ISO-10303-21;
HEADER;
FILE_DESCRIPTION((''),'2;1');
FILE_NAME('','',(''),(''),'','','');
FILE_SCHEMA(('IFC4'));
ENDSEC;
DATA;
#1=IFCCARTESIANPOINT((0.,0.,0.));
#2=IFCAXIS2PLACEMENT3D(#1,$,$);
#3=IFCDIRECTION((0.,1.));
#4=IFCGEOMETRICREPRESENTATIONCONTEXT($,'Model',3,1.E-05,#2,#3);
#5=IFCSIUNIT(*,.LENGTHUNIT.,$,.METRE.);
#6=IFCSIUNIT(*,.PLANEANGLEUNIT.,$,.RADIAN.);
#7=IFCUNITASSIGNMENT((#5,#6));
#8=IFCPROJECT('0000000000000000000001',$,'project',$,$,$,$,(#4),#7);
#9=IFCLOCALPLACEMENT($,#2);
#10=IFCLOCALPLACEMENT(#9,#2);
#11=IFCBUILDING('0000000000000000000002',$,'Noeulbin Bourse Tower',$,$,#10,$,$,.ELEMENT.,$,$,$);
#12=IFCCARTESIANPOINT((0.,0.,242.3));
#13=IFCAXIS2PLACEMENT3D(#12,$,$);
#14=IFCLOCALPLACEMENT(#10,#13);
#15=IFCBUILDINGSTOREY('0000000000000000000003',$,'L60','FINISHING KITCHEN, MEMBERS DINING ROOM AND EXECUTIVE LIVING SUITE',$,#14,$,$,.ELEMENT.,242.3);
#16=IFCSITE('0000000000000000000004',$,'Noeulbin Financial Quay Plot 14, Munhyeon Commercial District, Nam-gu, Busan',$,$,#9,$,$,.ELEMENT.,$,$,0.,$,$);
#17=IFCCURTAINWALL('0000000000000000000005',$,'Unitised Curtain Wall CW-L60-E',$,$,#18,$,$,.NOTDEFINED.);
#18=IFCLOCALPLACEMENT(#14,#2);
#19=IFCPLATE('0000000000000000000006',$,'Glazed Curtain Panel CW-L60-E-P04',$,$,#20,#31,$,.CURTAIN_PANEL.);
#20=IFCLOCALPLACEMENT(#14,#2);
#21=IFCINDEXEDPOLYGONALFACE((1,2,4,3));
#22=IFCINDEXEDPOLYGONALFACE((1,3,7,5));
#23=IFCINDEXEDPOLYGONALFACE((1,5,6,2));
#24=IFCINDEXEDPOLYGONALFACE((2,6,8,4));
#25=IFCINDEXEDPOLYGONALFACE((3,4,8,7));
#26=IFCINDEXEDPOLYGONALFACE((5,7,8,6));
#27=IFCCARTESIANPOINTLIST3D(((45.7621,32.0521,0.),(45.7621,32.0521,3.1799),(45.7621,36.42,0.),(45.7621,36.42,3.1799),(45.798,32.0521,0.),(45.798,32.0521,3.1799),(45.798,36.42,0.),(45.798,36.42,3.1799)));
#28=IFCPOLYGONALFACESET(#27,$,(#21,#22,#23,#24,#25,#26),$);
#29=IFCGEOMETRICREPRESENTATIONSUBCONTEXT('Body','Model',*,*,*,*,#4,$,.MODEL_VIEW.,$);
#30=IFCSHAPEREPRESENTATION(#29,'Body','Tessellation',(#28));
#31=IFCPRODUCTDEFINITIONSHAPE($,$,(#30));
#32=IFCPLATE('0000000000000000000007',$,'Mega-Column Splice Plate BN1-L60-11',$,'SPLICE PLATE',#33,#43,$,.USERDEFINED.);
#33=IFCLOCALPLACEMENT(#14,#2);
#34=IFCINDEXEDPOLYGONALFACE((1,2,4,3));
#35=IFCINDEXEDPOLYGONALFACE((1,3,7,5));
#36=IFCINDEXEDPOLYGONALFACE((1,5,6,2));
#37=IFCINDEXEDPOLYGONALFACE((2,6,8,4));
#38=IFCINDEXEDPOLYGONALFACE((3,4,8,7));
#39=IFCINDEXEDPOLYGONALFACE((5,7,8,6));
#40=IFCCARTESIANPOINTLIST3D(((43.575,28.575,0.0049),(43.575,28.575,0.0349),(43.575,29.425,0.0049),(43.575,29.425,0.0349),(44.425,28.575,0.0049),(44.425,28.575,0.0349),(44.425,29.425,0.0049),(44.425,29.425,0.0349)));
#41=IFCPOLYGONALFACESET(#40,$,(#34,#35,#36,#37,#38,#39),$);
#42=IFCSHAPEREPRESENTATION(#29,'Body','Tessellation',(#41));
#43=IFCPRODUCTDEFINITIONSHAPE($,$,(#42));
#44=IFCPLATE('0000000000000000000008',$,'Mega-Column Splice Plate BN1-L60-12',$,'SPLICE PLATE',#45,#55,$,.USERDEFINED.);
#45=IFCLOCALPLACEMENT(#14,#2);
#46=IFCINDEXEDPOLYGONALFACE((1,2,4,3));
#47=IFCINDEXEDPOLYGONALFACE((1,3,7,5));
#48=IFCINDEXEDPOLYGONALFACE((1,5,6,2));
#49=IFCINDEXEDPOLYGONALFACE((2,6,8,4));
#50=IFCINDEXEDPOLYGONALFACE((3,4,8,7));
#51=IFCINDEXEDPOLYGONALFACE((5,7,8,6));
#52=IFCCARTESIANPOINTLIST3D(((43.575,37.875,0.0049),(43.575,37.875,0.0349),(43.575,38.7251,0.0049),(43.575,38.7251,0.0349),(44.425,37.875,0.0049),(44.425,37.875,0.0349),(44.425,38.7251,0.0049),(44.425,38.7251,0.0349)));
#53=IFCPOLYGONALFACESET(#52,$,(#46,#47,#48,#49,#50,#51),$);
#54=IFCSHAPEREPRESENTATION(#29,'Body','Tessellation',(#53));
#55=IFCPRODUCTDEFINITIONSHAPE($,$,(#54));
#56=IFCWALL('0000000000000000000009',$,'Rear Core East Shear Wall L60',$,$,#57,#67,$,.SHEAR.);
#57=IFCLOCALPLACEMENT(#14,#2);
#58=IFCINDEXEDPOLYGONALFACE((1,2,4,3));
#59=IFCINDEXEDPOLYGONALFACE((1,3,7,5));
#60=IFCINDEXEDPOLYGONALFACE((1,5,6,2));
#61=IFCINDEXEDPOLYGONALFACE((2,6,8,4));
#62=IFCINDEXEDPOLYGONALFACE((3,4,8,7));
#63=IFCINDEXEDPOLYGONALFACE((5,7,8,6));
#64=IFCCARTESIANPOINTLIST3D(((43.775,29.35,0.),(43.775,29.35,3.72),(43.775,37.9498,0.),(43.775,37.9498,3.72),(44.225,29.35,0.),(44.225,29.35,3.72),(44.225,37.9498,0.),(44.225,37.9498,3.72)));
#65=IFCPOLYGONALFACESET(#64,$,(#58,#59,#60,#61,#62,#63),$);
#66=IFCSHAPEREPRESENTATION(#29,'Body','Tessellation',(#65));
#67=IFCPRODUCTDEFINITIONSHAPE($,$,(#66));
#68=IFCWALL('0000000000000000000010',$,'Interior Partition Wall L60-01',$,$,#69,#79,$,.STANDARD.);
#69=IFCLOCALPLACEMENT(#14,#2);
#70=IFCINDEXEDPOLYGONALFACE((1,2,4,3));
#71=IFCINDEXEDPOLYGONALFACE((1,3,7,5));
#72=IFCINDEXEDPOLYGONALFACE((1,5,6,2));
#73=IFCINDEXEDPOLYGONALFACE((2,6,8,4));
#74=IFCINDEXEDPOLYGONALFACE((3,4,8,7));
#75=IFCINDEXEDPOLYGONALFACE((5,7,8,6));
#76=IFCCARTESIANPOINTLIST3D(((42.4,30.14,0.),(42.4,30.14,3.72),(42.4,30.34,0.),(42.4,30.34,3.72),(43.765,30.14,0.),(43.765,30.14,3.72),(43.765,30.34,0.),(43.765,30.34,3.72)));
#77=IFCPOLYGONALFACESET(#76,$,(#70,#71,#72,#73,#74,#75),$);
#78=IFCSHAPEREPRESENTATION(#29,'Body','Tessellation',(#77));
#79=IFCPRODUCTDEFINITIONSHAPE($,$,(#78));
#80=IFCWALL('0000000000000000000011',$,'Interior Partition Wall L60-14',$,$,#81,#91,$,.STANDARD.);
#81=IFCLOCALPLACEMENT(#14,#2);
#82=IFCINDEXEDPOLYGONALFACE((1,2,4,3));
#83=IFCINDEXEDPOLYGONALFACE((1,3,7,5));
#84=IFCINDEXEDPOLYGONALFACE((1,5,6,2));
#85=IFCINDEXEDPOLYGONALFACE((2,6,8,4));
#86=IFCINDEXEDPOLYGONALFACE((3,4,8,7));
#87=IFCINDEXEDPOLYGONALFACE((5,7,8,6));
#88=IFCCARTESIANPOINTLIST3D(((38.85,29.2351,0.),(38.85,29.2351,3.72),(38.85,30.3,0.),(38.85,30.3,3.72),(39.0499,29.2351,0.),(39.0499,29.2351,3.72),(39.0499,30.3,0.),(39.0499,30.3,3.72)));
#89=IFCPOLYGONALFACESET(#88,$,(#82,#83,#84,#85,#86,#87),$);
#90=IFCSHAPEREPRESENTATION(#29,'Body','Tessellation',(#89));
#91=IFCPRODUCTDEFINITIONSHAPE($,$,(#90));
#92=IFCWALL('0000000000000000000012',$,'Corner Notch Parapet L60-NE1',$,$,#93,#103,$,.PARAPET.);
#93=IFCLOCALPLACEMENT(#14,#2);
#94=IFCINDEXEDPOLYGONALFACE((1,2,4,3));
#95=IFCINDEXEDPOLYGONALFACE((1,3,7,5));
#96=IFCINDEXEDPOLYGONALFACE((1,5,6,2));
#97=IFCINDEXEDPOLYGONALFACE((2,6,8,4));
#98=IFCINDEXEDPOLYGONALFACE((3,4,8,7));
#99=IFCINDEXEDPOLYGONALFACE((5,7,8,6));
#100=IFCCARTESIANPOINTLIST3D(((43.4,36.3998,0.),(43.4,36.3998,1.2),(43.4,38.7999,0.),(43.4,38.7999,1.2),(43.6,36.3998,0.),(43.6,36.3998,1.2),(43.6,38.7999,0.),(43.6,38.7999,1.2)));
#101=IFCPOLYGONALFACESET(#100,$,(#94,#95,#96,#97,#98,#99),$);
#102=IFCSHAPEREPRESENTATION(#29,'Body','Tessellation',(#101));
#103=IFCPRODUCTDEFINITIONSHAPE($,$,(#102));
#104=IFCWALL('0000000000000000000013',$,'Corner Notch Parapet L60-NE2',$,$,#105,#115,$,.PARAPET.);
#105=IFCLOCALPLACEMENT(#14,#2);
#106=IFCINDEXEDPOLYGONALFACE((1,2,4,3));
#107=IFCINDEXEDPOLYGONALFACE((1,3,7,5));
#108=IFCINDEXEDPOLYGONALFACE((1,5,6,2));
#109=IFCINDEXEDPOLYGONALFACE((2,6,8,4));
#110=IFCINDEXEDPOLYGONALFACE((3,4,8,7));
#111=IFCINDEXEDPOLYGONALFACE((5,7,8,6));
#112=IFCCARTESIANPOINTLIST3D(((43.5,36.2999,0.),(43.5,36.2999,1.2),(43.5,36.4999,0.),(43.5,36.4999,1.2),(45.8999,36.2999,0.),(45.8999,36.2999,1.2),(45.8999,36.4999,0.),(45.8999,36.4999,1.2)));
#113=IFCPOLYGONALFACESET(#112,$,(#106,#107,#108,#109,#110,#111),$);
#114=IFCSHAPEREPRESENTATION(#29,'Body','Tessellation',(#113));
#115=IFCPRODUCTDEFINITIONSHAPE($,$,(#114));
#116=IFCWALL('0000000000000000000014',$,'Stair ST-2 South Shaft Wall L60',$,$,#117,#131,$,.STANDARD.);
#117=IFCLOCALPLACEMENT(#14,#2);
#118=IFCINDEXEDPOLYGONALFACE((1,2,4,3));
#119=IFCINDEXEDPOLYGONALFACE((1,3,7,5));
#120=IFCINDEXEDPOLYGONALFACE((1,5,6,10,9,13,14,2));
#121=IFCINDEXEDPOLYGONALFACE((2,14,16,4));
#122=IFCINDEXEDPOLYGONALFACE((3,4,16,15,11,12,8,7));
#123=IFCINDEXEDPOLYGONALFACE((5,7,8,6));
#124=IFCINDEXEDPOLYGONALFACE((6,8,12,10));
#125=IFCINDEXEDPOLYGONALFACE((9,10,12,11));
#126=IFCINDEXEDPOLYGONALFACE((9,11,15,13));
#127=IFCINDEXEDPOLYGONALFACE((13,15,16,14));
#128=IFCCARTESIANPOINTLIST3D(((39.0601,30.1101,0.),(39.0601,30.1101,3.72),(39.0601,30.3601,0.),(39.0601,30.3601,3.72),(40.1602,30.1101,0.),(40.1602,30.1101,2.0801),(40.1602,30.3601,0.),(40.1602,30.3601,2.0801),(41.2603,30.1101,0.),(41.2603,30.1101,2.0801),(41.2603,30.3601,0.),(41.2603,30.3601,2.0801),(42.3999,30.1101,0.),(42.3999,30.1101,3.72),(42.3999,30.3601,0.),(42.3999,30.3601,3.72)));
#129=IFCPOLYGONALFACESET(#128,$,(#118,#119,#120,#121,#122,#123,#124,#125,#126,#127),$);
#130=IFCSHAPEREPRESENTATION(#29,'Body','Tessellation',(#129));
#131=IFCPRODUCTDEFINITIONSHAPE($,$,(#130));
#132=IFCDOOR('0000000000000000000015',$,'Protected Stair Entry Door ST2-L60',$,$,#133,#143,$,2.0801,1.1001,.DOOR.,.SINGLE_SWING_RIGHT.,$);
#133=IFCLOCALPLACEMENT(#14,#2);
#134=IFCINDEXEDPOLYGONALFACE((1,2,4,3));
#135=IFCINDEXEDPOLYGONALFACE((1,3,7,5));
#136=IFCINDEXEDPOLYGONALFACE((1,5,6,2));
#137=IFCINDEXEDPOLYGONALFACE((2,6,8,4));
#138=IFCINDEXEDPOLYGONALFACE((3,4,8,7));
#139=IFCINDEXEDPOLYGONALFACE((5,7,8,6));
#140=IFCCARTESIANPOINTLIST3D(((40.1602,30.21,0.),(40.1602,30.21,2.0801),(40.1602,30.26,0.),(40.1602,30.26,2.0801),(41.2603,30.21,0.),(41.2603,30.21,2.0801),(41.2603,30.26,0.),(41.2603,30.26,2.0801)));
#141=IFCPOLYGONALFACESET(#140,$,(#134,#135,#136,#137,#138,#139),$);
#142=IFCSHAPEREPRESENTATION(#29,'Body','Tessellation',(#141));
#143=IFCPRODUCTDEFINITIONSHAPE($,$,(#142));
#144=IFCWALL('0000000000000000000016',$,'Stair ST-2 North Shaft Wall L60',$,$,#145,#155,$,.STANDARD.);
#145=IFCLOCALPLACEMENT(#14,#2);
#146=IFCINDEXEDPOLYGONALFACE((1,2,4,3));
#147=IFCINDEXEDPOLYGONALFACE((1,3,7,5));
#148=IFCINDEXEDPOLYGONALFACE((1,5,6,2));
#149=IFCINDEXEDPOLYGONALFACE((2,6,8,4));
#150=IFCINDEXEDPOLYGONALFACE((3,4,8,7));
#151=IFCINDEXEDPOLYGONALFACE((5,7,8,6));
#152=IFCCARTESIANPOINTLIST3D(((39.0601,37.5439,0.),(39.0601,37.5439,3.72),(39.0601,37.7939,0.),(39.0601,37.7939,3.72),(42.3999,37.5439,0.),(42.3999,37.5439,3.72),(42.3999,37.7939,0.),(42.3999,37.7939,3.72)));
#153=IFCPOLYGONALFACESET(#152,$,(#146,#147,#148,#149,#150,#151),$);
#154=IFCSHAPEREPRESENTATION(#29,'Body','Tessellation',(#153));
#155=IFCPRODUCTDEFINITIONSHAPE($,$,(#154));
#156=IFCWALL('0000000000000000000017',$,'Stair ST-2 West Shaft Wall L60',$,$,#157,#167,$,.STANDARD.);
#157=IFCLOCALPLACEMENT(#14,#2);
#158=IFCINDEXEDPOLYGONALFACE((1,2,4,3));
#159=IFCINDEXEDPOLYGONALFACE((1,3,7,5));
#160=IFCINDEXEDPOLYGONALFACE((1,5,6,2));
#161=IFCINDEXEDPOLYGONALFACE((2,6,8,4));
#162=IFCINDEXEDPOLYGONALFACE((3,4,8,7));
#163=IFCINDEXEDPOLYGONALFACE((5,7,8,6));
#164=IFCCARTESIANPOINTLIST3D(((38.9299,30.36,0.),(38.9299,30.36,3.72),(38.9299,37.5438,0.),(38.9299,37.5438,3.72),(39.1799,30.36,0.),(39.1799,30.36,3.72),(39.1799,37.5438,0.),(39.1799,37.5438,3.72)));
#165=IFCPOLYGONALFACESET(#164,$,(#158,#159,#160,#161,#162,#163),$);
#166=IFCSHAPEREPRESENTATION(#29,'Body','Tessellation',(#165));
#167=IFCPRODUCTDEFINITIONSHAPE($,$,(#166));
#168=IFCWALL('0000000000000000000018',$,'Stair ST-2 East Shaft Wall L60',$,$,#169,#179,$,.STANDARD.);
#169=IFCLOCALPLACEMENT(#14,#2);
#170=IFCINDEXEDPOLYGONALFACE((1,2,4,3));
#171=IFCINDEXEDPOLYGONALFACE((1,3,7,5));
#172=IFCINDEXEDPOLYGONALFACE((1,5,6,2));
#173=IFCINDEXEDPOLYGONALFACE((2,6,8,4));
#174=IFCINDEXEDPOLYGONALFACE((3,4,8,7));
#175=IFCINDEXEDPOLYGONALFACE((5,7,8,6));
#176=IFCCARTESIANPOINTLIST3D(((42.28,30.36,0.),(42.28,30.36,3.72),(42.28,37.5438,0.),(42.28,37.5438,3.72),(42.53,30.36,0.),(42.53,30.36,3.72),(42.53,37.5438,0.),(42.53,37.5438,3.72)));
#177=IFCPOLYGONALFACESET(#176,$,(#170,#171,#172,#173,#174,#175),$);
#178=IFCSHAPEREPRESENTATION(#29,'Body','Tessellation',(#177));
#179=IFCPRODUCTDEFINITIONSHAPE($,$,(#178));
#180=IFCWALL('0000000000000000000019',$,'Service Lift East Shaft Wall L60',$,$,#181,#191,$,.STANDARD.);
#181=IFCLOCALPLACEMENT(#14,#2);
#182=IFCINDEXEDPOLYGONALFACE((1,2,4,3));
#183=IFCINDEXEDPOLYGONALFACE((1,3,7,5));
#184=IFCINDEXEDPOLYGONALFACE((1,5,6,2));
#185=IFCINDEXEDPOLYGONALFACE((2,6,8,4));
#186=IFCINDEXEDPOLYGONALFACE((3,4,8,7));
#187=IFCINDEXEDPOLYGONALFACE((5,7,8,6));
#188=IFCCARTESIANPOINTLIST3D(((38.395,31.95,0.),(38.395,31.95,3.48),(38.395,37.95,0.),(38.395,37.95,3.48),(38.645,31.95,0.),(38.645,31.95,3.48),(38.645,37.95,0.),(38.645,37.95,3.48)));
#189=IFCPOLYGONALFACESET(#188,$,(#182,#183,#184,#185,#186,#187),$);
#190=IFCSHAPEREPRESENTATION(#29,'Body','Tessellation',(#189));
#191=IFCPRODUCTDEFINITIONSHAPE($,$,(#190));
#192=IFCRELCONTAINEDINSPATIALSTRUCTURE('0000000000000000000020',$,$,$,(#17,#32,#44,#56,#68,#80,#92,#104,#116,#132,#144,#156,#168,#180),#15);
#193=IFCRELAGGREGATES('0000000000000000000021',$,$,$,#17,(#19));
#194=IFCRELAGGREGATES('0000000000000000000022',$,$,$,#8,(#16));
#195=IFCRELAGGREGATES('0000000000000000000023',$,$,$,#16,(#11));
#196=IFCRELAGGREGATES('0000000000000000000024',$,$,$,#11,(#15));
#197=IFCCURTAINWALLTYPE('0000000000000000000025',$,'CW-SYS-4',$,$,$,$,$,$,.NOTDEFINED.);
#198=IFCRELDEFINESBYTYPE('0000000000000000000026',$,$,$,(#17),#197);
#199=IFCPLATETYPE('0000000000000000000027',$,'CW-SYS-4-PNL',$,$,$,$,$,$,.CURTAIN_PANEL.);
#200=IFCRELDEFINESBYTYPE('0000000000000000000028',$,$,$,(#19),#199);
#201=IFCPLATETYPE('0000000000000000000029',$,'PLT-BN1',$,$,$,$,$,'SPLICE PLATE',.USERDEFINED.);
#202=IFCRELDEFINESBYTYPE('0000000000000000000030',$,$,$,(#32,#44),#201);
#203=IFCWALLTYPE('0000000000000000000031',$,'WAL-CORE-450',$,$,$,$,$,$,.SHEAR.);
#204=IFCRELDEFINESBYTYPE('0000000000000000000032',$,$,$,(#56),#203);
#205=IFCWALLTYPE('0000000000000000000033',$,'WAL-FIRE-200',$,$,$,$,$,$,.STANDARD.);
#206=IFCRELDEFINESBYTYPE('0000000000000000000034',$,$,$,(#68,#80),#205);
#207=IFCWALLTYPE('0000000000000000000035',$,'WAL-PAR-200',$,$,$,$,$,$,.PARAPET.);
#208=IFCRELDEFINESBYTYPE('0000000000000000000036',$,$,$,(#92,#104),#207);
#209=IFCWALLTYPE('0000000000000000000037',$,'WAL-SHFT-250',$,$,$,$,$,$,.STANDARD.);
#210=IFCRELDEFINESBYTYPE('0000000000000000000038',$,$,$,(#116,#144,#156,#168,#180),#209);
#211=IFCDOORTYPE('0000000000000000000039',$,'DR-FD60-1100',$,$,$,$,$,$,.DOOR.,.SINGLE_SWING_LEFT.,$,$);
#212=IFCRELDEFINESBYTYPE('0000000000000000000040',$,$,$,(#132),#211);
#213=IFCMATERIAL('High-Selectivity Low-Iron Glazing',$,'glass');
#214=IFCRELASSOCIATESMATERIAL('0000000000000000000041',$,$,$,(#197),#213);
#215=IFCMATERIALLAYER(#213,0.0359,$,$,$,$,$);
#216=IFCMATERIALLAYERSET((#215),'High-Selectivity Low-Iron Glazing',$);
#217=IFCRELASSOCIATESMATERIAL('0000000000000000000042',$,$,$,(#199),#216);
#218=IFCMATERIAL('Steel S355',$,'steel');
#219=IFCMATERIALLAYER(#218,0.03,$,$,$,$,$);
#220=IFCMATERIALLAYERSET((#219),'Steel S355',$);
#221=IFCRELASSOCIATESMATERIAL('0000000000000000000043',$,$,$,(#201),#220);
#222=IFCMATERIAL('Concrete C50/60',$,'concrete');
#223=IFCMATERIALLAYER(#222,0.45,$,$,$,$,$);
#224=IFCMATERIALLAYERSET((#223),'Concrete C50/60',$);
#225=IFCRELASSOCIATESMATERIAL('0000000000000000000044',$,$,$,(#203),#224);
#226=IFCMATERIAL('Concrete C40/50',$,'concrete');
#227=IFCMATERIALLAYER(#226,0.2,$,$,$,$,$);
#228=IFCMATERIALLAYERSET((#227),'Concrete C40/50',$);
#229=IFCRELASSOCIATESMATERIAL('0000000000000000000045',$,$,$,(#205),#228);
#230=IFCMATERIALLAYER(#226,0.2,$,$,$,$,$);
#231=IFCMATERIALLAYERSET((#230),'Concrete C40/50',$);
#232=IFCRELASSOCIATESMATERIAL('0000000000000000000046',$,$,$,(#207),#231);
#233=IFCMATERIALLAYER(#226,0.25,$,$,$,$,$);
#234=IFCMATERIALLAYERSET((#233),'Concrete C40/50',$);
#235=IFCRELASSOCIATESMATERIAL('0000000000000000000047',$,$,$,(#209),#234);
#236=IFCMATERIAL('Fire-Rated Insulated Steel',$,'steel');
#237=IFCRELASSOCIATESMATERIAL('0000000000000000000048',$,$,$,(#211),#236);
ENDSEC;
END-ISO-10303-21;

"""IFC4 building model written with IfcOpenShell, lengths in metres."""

from ifc_helpers import new_model, si_unit, direction, frame, frame_2d, origin, origin_2d, place, context, subcontext, project, spatial, rectangle, extrude, material, layer, layer_set, type_object, element, fill, aggregate, save


model = new_model("IFC4")

# Units and contexts
model_context = context("Model", 3, precision=1e-05, world=origin(), true_north=direction((0.0, 1.0)))
body_context = subcontext(model_context, "Body", "Model", "MODEL_VIEW")
ifc_project = project(units=[si_unit("LENGTHUNIT", "METRE"), si_unit("PLANEANGLEUNIT", "RADIAN")], contexts=[model_context])

# Site, building, storey
site_placement = place(None, origin())
site = spatial("IfcSite", under=ifc_project, at=site_placement, Name="Noeulbin Financial Quay Plot 14, Munhyeon Commercial District, Nam-gu, Busan", CompositionType="ELEMENT", RefElevation=0.0)
building_placement = place(site_placement, origin())
building = spatial("IfcBuilding", under=site, at=building_placement, Name="Noeulbin Bourse Tower", CompositionType="ELEMENT")
storey_placement = place(building_placement, frame((0.0, 0.0, 242.3)))
storey = spatial("IfcBuildingStorey", under=building, at=storey_placement, Name="L60", Description="FINISHING KITCHEN, MEMBERS DINING ROOM AND EXECUTIVE LIVING SUITE", CompositionType="ELEMENT", Elevation=242.3)

# Shared definitions
ifc_material_1 = material(Name="Steel S355", Category="steel")

# Curtain wall
ifc_material_2 = material(Name="High-Selectivity Low-Iron Glazing", Category="glass")
curtain_wall_type = type_object("IfcCurtainWallType", Name="CW-SYS-4", PredefinedType="NOTDEFINED", material=ifc_material_2)
curtain_wall_1_placement = place(storey_placement, origin())
curtain_wall_1 = element("IfcCurtainWall", 1, at=curtain_wall_1_placement, inside=storey, type_object=curtain_wall_type, Name="Unitised Curtain Wall CW-L60-E", PredefinedType="NOTDEFINED")

# Plate
ifc_layer_1 = layer(ifc_material_2, 0.0359)
ifc_layer_set_1 = layer_set([ifc_layer_1], Name="High-Selectivity Low-Iron Glazing")
plate_type_1 = type_object("IfcPlateType", Name="CW-SYS-4-PNL", PredefinedType="CURTAIN_PANEL", material=ifc_layer_set_1)
plate_1_placement = place(storey_placement, frame((45.78, 34.2361, 0.0), z_axis=(0.0, 0.0, 1.0), x_axis=(0.0, 1.0, 0.0)))
plate_1 = element("IfcPlate", 2, at=plate_1_placement, type_object=plate_type_1, Name="Glazed Curtain Panel CW-L60-E-P04", PredefinedType="CURTAIN_PANEL", context=body_context, shape_type="SweptSolid", body=[
    extrude(rectangle(XDim=4.3679, YDim=0.0359, at=origin_2d()), origin(), (0.0, 0.0, 1.0), 3.1799),
])
aggregate(curtain_wall_1, [plate_1])

# Plates
ifc_layer_2 = layer(ifc_material_1, 0.03)
ifc_layer_set_2 = layer_set([ifc_layer_2], Name="Steel S355")
plate_type_2 = type_object("IfcPlateType", Name="PLT-BN1", ElementType="SPLICE PLATE", PredefinedType="USERDEFINED", material=ifc_layer_set_2)
for number, where, z_axis, x_axis, name in (
    (3, (44.0, 29.0, 0.0049), (0.0, 0.0, 1.0), (1.0, 0.0, 0.0), "Mega-Column Splice Plate BN1-L60-11"),
    (4, (44.0, 38.3, 0.0049), (0.0, 0.0, 1.0), (1.0, 0.0, 0.0), "Mega-Column Splice Plate BN1-L60-12"),
):
    element("IfcPlate", number, at=place(storey_placement, frame(where, z_axis=z_axis, x_axis=x_axis)), inside=storey, type_object=plate_type_2, Name=name, ObjectType="SPLICE PLATE", PredefinedType="USERDEFINED", context=body_context, shape_type="SweptSolid", body=[
        extrude(rectangle(XDim=0.8501, YDim=0.8501, at=origin_2d()), origin(), (0.0, 0.0, 1.0), 0.03),
    ])

# Walls
ifc_material_3 = material(Name="Concrete C50/60", Category="concrete")
ifc_layer_3 = layer(ifc_material_3, 0.45)
ifc_layer_set_3 = layer_set([ifc_layer_3], Name="Concrete C50/60")
wall_type_1 = type_object("IfcWallType", Name="WAL-CORE-450", PredefinedType="SHEAR", material=ifc_layer_set_3)
wall_1_placement = place(storey_placement, frame((44.0, 29.3501, 0.0), z_axis=(0.0, 0.0, 1.0), x_axis=(0.0, 1.0, 0.0)))
element("IfcWall", 5, at=wall_1_placement, inside=storey, type_object=wall_type_1, Name="Rear Core East Shear Wall L60", PredefinedType="SHEAR", context=body_context, shape_type="SweptSolid", body=[
    extrude(rectangle(XDim=8.5999, YDim=0.45, at=frame_2d((4.2998, 0.0))), origin(), (0.0, 0.0, 1.0), 3.72),
])
ifc_material_4 = material(Name="Concrete C40/50", Category="concrete")
ifc_layer_4 = layer(ifc_material_4, 0.2)
ifc_layer_set_4 = layer_set([ifc_layer_4], Name="Concrete C40/50")
wall_type_2 = type_object("IfcWallType", Name="WAL-FIRE-200", PredefinedType="STANDARD", material=ifc_layer_set_4)
wall_2_placement = place(storey_placement, frame((42.3999, 30.24, 0.0), z_axis=(0.0, 0.0, 1.0), x_axis=(1.0, 0.0, 0.0)))
element("IfcWall", 6, at=wall_2_placement, inside=storey, type_object=wall_type_2, Name="Interior Partition Wall L60-01", PredefinedType="STANDARD", context=body_context, shape_type="SweptSolid", body=[
    extrude(rectangle(XDim=1.365, YDim=0.2, at=frame_2d((0.6826, 0.0))), origin(), (0.0, 0.0, 1.0), 3.72),
])
wall_3_placement = place(storey_placement, frame((38.95, 29.2351, 0.0), z_axis=(0.0, 0.0, 1.0), x_axis=(0.0, 1.0, 0.0)))
element("IfcWall", 7, at=wall_3_placement, inside=storey, type_object=wall_type_2, Name="Interior Partition Wall L60-14", PredefinedType="STANDARD", context=body_context, shape_type="SweptSolid", body=[
    extrude(rectangle(XDim=1.0649, YDim=0.2, at=frame_2d((0.5325, 0.0))), origin(), (0.0, 0.0, 1.0), 3.72),
])
ifc_layer_5 = layer(ifc_material_4, 0.2)
ifc_layer_set_5 = layer_set([ifc_layer_5], Name="Concrete C40/50")
wall_type_3 = type_object("IfcWallType", Name="WAL-PAR-200", PredefinedType="PARAPET", material=ifc_layer_set_5)
wall_4_placement = place(storey_placement, frame((43.5, 38.8, 0.0), z_axis=(0.0, 0.0, 1.0), x_axis=(0.0, -1.0, 0.0)))
element("IfcWall", 8, at=wall_4_placement, inside=storey, type_object=wall_type_3, Name="Corner Notch Parapet L60-NE1", PredefinedType="PARAPET", context=body_context, shape_type="SweptSolid", body=[
    extrude(rectangle(XDim=2.4001, YDim=0.2, at=frame_2d((1.2002, 0.0))), origin(), (0.0, 0.0, 1.0), 1.2),
])
wall_5_placement = place(storey_placement, frame((43.5, 36.3999, 0.0), z_axis=(0.0, 0.0, 1.0), x_axis=(1.0, 0.0, 0.0)))
element("IfcWall", 9, at=wall_5_placement, inside=storey, type_object=wall_type_3, Name="Corner Notch Parapet L60-NE2", PredefinedType="PARAPET", context=body_context, shape_type="SweptSolid", body=[
    extrude(rectangle(XDim=2.3999, YDim=0.2, at=frame_2d((1.2, 0.0))), origin(), (0.0, 0.0, 1.0), 1.2),
])

# Wall, opening, door
ifc_layer_6 = layer(ifc_material_4, 0.25)
ifc_layer_set_6 = layer_set([ifc_layer_6], Name="Concrete C40/50")
wall_type_4 = type_object("IfcWallType", Name="WAL-SHFT-250", PredefinedType="STANDARD", material=ifc_layer_set_6)
wall_6_placement = place(storey_placement, frame((39.0601, 30.2351, 0.0), z_axis=(0.0, 0.0, 1.0), x_axis=(1.0, 0.0, 0.0)))
wall_6 = element("IfcWall", 10, at=wall_6_placement, inside=storey, type_object=wall_type_4, Name="Stair ST-2 South Shaft Wall L60", PredefinedType="STANDARD", context=body_context, shape_type="SweptSolid", body=[
    extrude(rectangle(XDim=3.3398, YDim=0.25, at=frame_2d((1.6699, 0.0))), origin(), (0.0, 0.0, 1.0), 3.72),
])
opening_placement = place(wall_6_placement, frame((1.1001, 0.0, 0.0)))
opening = element("IfcOpeningElement", 11, at=opening_placement, cuts=wall_6, PredefinedType="OPENING", context=body_context, shape_type="SweptSolid", body=[
    extrude(rectangle(XDim=1.1001, YDim=2.0801, at=frame_2d((0.55, 1.04))), frame((0.0, 0.135, 0.0), z_axis=(0.0, -1.0, 0.0), x_axis=(1.0, 0.0, 0.0)), (0.0, 0.0, 1.0), 0.27),
])
ifc_material_5 = material(Name="Fire-Rated Insulated Steel", Category="steel")
door_type = type_object("IfcDoorType", Name="DR-FD60-1100", OperationType="SINGLE_SWING_LEFT", PredefinedType="DOOR", material=ifc_material_5)
door_placement = place(opening_placement, origin())
door = element("IfcDoor", 12, at=door_placement, inside=storey, type_object=door_type, Name="Protected Stair Entry Door ST2-L60", OperationType="SINGLE_SWING_RIGHT", OverallHeight=2.0801, OverallWidth=1.1001, PredefinedType="DOOR", context=body_context, shape_type="SweptSolid", body=[
    extrude(rectangle(XDim=1.1001, YDim=2.0801, at=frame_2d((0.55, 1.04))), frame((0.0, 0.0249, 0.0), z_axis=(0.0, -1.0, 0.0), x_axis=(1.0, 0.0, 0.0)), (0.0, 0.0, 1.0), 0.05),
])
fill(opening, door)

# Walls
wall_7_placement = place(storey_placement, frame((39.0601, 37.6689, 0.0), z_axis=(0.0, 0.0, 1.0), x_axis=(1.0, 0.0, 0.0)))
element("IfcWall", 13, at=wall_7_placement, inside=storey, type_object=wall_type_4, Name="Stair ST-2 North Shaft Wall L60", PredefinedType="STANDARD", context=body_context, shape_type="SweptSolid", body=[
    extrude(rectangle(XDim=3.3398, YDim=0.25, at=frame_2d((1.6699, 0.0))), origin(), (0.0, 0.0, 1.0), 3.72),
])
for number, where, z_axis, x_axis, name in (
    (14, (39.0549, 30.3601, 0.0), (0.0, 0.0, 1.0), (0.0, 1.0, 0.0), "Stair ST-2 West Shaft Wall L60"),
    (15, (42.405, 30.3601, 0.0), (0.0, 0.0, 1.0), (0.0, 1.0, 0.0), "Stair ST-2 East Shaft Wall L60"),
):
    element("IfcWall", number, at=place(storey_placement, frame(where, z_axis=z_axis, x_axis=x_axis)), inside=storey, type_object=wall_type_4, Name=name, PredefinedType="STANDARD", context=body_context, shape_type="SweptSolid", body=[
        extrude(rectangle(XDim=7.1838, YDim=0.25, at=frame_2d((3.5918, 0.0))), origin(), (0.0, 0.0, 1.0), 3.72),
    ])
wall_8_placement = place(storey_placement, frame((38.52, 31.95, 0.0), z_axis=(0.0, 0.0, 1.0), x_axis=(0.0, 1.0, 0.0)))
element("IfcWall", 16, at=wall_8_placement, inside=storey, type_object=wall_type_4, Name="Service Lift East Shaft Wall L60", PredefinedType="STANDARD", context=body_context, shape_type="SweptSolid", body=[
    extrude(rectangle(XDim=6.0, YDim=0.25, at=frame_2d((3.0, 0.0))), origin(), (0.0, 0.0, 1.0), 3.48),
])

save(model, "model.ifc")
